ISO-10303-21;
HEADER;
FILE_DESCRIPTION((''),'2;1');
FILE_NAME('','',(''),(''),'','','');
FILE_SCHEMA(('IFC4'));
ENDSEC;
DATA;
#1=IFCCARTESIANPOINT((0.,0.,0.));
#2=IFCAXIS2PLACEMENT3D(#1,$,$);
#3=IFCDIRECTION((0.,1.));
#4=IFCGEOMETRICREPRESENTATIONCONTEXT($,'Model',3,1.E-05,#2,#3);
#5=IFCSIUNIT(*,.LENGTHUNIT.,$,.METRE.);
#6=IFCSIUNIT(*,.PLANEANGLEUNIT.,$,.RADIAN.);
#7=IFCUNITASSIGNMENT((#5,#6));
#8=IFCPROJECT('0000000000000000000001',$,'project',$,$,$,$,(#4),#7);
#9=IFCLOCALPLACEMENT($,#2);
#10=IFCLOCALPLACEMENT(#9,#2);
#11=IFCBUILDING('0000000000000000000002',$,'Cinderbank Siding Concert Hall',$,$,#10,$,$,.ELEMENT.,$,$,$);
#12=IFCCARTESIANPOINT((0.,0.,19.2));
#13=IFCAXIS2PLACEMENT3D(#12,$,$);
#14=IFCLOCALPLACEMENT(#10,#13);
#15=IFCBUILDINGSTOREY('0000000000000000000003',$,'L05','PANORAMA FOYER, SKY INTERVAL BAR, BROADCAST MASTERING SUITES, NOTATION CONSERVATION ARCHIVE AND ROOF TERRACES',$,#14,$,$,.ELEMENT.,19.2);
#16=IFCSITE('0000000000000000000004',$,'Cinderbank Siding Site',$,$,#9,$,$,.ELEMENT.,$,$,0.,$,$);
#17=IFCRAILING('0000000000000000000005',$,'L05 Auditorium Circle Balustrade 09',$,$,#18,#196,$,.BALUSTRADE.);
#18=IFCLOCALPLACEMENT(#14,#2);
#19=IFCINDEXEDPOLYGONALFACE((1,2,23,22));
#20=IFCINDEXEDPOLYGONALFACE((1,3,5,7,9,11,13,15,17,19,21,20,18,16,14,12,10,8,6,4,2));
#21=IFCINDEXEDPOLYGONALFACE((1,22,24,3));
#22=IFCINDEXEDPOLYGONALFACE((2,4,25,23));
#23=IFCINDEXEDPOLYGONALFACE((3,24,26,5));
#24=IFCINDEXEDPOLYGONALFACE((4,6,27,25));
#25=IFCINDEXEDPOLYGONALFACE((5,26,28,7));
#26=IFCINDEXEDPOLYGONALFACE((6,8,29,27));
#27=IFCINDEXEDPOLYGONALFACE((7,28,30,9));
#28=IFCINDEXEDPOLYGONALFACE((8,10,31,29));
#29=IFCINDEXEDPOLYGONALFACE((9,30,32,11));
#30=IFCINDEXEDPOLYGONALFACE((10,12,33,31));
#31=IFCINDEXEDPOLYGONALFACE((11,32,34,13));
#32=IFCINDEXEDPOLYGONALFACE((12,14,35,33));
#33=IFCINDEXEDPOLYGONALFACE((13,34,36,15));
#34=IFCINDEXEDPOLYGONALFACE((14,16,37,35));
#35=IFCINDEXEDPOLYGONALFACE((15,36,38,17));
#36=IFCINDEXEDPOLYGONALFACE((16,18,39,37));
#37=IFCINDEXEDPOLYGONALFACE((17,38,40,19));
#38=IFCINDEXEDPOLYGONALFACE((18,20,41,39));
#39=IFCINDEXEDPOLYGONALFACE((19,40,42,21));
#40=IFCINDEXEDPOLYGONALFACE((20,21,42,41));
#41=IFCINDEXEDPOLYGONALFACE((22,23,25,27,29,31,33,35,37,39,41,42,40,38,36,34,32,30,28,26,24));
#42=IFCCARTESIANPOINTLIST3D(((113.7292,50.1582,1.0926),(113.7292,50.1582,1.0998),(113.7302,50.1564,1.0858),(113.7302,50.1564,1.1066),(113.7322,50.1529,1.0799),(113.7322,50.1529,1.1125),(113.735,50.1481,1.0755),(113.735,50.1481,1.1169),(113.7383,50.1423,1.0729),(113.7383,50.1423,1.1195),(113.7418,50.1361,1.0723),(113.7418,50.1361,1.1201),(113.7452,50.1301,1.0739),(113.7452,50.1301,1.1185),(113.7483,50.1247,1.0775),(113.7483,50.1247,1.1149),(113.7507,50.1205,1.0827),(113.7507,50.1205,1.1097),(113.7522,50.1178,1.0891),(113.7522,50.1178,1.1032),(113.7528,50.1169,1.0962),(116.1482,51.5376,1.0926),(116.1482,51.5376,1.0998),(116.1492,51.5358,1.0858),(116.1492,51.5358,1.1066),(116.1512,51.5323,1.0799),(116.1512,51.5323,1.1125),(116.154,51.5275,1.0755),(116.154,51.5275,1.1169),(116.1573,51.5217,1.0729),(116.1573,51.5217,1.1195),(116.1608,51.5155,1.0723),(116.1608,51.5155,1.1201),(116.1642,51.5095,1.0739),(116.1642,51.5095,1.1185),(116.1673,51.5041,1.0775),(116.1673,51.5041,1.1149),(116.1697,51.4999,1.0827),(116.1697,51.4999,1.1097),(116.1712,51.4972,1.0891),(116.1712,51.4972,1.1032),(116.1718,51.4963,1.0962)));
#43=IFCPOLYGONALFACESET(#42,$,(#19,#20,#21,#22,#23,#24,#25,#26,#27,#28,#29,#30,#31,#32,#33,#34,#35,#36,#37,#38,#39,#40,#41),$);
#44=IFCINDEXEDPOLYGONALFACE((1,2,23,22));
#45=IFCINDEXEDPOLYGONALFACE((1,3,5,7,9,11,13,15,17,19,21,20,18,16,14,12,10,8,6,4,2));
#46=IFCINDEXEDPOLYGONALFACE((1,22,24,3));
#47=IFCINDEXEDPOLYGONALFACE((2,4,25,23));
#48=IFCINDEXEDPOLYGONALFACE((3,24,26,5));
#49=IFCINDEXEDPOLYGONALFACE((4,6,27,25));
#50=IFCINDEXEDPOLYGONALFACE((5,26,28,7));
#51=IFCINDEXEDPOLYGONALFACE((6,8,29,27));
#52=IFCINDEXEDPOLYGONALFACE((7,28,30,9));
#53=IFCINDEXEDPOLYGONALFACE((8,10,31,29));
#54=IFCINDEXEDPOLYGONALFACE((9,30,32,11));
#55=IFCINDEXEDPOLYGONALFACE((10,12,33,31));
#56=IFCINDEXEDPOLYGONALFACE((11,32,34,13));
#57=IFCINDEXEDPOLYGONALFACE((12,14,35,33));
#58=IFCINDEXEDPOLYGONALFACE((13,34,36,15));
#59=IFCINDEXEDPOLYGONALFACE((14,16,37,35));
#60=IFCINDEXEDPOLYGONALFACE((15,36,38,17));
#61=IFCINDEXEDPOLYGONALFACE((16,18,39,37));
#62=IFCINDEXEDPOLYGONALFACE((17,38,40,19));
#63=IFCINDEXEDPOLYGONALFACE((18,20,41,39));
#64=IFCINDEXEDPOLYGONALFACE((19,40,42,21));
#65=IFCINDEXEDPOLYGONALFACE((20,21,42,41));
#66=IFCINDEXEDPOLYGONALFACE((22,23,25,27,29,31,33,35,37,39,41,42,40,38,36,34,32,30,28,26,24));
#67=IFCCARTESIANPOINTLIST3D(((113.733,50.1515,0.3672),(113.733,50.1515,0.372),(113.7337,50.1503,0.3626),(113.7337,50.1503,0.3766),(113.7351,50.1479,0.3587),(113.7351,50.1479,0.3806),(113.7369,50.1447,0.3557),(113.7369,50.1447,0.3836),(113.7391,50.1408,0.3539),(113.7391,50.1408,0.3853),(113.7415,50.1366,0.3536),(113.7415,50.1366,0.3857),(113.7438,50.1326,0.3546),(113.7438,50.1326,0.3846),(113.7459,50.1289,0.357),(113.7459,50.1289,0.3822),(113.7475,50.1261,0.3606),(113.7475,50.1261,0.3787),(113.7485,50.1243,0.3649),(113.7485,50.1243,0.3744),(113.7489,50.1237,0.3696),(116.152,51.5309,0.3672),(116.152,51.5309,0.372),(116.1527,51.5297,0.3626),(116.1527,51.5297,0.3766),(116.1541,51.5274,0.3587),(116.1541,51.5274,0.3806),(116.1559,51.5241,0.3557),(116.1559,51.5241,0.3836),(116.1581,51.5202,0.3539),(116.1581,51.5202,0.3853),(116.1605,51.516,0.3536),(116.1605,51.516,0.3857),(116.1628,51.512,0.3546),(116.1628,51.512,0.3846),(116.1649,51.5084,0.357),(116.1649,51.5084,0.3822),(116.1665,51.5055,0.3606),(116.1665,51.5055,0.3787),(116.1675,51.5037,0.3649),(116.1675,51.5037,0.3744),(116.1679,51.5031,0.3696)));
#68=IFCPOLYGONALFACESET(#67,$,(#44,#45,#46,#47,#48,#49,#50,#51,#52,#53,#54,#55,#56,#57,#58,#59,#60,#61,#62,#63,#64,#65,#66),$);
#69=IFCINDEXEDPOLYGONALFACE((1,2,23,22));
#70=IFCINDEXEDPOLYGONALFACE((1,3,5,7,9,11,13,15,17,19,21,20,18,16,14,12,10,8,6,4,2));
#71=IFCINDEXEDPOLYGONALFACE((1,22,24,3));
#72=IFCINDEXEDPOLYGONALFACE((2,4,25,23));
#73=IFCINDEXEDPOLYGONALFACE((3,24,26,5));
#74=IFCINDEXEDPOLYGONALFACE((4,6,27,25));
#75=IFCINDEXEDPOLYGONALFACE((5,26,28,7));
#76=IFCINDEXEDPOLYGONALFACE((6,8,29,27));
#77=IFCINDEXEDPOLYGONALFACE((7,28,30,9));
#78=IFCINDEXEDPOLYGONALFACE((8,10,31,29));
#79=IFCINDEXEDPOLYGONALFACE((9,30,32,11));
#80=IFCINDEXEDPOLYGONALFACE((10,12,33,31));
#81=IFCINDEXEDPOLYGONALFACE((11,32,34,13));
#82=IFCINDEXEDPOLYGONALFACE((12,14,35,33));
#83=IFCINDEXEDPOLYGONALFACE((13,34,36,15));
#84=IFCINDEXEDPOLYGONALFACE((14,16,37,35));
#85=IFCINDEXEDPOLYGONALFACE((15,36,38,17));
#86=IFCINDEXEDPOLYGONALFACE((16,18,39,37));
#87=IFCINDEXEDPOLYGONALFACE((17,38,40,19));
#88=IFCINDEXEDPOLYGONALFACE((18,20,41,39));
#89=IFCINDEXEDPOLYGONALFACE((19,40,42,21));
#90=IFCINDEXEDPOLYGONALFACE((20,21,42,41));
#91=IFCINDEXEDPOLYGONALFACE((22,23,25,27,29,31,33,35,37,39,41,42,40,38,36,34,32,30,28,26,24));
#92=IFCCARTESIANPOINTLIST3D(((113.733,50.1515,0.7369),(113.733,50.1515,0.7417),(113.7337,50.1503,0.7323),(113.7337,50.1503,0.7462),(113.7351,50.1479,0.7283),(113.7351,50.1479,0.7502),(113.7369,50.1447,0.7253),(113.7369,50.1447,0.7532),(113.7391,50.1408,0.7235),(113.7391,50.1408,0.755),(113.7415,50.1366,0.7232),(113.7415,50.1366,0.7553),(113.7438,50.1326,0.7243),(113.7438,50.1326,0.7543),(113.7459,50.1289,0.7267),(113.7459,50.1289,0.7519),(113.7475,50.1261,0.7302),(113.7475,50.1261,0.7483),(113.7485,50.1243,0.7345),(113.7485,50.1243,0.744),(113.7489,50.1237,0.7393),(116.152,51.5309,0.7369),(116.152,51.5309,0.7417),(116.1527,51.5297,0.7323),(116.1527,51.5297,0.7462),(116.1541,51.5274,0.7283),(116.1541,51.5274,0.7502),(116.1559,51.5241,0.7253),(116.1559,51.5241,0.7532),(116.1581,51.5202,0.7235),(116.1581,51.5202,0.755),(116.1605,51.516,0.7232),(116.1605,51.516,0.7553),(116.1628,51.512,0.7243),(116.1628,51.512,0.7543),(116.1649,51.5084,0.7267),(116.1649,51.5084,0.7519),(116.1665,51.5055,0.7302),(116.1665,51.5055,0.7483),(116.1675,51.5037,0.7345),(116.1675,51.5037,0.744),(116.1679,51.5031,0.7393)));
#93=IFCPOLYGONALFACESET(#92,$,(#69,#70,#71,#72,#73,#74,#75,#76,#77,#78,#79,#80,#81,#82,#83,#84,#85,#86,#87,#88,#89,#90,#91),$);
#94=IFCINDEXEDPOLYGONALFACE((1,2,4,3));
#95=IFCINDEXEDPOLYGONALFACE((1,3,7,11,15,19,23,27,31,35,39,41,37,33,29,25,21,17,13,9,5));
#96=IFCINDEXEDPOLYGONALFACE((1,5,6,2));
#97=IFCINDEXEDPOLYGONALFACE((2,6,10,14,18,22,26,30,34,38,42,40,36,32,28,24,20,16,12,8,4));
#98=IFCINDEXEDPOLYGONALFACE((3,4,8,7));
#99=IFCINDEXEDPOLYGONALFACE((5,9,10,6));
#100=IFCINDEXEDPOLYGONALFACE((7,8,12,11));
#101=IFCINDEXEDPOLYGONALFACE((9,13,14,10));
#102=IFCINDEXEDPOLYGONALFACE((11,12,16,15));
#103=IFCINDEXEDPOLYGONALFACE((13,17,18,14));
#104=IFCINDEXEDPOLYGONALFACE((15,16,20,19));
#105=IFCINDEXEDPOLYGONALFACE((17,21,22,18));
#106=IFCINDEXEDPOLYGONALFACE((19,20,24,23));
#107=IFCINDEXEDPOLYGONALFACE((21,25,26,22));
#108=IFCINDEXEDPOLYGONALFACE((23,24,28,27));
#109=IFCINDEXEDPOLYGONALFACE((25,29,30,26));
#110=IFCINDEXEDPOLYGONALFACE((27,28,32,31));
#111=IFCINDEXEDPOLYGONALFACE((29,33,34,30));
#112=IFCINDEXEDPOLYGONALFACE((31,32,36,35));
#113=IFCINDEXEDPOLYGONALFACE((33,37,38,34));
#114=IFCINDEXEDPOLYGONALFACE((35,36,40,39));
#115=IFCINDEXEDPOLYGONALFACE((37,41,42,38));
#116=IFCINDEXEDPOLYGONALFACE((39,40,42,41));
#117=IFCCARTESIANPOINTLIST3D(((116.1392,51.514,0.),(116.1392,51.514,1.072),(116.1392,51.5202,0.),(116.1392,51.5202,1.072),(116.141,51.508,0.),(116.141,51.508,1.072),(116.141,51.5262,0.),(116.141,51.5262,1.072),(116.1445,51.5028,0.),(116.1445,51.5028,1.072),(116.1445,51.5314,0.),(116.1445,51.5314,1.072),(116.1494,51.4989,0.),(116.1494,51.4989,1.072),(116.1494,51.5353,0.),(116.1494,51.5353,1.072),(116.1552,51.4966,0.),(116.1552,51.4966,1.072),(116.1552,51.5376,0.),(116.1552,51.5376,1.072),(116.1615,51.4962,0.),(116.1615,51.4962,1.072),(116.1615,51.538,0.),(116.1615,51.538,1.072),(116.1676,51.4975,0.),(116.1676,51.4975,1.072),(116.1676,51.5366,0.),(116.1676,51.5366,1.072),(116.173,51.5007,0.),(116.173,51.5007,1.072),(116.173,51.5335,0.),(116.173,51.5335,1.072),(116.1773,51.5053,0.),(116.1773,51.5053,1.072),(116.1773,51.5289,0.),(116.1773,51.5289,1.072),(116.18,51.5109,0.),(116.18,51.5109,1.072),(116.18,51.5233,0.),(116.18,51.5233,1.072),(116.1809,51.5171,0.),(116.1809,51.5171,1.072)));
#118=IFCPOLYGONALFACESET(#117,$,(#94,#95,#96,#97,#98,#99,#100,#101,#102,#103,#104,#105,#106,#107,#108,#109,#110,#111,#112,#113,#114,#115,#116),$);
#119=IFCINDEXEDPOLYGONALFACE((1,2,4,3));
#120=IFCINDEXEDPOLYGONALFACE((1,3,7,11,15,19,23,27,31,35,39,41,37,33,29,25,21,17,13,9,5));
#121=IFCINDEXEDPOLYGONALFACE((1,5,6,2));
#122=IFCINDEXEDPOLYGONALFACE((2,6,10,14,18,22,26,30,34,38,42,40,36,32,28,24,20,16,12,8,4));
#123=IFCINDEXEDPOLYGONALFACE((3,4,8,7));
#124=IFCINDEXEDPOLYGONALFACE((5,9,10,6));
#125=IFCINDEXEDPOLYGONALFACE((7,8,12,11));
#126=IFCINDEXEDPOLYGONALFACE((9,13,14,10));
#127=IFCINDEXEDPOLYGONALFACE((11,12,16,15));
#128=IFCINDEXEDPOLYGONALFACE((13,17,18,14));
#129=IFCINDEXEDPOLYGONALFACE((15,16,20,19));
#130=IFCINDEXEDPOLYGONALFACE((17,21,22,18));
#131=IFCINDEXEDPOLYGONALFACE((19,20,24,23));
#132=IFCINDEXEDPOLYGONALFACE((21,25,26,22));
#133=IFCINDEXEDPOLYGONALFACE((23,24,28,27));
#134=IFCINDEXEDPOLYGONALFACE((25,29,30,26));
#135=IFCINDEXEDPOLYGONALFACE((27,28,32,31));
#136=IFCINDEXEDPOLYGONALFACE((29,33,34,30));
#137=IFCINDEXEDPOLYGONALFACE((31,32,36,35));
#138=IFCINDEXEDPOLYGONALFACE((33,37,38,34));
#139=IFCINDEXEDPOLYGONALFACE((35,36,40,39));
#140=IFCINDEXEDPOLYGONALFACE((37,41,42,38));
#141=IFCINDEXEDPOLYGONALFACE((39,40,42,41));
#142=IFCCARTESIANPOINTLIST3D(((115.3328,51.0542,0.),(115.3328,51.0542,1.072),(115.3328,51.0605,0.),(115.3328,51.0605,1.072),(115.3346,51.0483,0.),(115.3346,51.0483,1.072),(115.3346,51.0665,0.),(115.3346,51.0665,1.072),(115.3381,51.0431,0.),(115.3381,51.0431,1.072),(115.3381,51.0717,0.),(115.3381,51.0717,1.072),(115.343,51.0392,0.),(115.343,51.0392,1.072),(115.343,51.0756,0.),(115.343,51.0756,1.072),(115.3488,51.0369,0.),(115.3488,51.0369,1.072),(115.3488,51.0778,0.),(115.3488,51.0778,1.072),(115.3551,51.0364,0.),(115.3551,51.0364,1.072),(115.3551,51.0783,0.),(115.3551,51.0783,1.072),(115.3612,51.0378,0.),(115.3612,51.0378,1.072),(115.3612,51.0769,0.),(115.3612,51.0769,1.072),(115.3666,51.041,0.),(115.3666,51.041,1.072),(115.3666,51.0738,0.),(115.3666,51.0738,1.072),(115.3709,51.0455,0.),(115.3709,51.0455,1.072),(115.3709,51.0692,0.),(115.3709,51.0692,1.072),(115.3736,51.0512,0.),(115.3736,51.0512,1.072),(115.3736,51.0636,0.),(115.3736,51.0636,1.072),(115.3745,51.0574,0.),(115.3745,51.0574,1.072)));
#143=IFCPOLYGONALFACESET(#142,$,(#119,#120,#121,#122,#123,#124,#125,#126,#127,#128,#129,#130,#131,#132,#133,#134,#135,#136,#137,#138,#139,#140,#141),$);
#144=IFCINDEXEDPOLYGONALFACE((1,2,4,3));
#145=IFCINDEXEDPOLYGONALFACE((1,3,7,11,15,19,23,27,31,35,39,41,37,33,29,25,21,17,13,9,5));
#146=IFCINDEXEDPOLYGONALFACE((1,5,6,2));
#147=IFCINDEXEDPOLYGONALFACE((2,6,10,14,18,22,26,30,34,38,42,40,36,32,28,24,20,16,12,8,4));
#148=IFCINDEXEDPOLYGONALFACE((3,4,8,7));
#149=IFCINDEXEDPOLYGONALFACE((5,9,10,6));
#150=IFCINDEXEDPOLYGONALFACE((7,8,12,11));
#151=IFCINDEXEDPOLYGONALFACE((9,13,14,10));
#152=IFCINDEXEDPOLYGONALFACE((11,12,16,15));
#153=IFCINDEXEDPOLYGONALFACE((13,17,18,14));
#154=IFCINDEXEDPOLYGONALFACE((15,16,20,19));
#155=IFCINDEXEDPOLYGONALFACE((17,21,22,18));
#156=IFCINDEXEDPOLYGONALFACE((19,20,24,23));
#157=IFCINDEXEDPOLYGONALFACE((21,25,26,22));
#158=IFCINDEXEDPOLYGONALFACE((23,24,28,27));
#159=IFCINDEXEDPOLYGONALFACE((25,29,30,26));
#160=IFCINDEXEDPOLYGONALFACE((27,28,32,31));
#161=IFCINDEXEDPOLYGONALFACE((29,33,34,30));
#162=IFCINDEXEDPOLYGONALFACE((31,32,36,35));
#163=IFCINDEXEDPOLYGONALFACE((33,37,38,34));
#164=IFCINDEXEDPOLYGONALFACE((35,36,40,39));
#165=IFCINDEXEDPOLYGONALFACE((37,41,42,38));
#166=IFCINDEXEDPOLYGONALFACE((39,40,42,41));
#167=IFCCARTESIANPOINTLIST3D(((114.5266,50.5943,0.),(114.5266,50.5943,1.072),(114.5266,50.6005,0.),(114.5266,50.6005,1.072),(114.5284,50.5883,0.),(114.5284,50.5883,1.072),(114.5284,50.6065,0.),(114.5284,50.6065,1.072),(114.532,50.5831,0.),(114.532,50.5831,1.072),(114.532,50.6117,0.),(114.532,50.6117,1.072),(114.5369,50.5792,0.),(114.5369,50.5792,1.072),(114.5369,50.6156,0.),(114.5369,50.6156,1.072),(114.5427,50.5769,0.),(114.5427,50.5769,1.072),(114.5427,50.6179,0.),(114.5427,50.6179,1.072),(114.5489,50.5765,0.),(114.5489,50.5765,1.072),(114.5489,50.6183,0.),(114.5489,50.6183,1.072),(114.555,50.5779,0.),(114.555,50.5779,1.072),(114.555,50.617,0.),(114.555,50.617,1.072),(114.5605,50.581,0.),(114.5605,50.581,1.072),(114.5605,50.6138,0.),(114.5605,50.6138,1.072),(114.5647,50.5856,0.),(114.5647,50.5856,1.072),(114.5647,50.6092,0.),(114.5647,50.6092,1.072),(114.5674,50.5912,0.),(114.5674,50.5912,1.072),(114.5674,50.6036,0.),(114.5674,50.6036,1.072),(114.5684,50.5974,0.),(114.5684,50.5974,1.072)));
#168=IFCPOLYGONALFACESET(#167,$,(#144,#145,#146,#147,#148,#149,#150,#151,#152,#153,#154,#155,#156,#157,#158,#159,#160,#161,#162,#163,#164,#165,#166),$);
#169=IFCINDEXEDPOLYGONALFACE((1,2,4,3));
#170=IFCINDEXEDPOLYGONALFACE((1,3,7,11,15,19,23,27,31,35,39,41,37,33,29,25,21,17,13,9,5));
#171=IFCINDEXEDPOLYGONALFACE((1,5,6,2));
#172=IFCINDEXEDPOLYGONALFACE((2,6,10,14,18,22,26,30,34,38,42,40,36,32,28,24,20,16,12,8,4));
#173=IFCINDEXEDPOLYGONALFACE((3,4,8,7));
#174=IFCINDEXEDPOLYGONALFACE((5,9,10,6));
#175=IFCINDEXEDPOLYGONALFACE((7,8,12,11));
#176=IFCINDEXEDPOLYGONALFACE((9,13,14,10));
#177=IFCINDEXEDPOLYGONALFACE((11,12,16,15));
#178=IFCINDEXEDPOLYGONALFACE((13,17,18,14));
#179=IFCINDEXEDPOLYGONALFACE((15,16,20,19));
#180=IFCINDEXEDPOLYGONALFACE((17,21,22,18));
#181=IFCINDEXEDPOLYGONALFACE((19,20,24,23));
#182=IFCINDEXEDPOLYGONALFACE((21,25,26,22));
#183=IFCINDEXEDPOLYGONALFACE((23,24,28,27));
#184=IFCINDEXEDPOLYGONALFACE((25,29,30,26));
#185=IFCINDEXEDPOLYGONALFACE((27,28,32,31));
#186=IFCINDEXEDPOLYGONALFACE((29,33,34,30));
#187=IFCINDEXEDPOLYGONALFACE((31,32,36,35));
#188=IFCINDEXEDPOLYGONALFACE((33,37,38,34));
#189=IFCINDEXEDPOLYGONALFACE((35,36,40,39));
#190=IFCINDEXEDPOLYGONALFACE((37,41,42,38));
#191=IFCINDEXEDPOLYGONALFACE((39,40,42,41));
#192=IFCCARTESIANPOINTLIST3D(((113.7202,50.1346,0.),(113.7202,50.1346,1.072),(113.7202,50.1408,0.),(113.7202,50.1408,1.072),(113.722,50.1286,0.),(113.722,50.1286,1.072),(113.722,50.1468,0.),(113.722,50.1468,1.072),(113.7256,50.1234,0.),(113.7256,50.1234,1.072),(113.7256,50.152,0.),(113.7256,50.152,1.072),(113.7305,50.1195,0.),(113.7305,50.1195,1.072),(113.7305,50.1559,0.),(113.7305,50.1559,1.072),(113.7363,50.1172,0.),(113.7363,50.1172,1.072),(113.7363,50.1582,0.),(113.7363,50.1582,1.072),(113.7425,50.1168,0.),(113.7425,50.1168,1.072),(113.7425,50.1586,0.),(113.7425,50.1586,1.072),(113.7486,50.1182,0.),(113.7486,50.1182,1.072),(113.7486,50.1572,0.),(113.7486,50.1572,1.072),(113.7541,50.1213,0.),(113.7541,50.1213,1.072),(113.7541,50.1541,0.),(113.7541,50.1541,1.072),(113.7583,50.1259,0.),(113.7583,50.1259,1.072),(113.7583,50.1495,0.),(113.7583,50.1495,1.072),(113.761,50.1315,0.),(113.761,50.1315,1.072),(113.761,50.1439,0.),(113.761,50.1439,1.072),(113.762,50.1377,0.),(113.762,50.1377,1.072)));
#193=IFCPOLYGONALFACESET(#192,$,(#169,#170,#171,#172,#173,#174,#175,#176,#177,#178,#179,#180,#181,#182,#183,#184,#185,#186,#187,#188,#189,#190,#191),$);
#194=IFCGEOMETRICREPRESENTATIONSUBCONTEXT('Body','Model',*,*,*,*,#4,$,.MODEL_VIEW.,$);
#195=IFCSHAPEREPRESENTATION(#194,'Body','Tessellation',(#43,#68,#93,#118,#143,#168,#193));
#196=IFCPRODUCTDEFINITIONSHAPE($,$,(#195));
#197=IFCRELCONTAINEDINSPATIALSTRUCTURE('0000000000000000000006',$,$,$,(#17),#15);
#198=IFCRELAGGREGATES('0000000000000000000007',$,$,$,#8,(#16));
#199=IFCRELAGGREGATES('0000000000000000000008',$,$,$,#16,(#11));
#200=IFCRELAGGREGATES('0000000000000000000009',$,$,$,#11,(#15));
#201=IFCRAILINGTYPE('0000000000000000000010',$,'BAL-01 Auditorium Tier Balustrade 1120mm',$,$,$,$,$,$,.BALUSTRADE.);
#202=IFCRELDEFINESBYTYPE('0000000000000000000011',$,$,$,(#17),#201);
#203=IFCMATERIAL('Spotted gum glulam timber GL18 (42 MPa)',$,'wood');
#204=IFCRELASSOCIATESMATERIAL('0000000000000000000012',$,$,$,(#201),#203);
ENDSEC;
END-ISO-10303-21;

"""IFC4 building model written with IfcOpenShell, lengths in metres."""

from ifc_helpers import new_model, si_unit, direction, frame, origin, origin_2d, place, context, subcontext, project, spatial, circle, extrude, material, type_object, element, save


model = new_model("IFC4")

# Units and contexts
model_context = context("Model", 3, precision=1e-05, world=origin(), true_north=direction((0.0, 1.0)))
body_context = subcontext(model_context, "Body", "Model", "MODEL_VIEW")
ifc_project = project(units=[si_unit("LENGTHUNIT", "METRE"), si_unit("PLANEANGLEUNIT", "RADIAN")], contexts=[model_context])

# Site, building, storey
site_placement = place(None, origin())
site = spatial("IfcSite", under=ifc_project, at=site_placement, Name="Cinderbank Siding Site", CompositionType="ELEMENT", RefElevation=0.0)
building_placement = place(site_placement, origin())
building = spatial("IfcBuilding", under=site, at=building_placement, Name="Cinderbank Siding Concert Hall", CompositionType="ELEMENT")
storey_placement = place(building_placement, frame((0.0, 0.0, 19.2)))
storey = spatial("IfcBuildingStorey", under=building, at=storey_placement, Name="L05", Description="PANORAMA FOYER, SKY INTERVAL BAR, BROADCAST MASTERING SUITES, NOTATION CONSERVATION ARCHIVE AND ROOF TERRACES", CompositionType="ELEMENT", Elevation=19.2)

# Railing
ifc_material_1 = material(Name="Spotted gum glulam timber GL18 (42 MPa)", Category="wood")
railing_type = type_object("IfcRailingType", Name="BAL-01 Auditorium Tier Balustrade 1120mm", PredefinedType="BALUSTRADE", material=ifc_material_1)
railing_1_placement = place(storey_placement, frame((116.1599, 51.5171, 0.0)))
element("IfcRailing", 1, at=railing_1_placement, inside=storey, type_object=railing_type, Name="L05 Auditorium Circle Balustrade 09", PredefinedType="BALUSTRADE", context=body_context, shape_type="SweptSolid", body=[
    extrude(circle(Radius=0.0239, at=origin_2d()), frame((0.0, 0.0, 1.0962), z_axis=(-0.868685, -0.495365, 0.0), x_axis=(0.495365, -0.868685, 0.0)), (0.0, 0.0, 1.0), 2.7847),
    extrude(circle(Radius=0.0161, at=origin_2d()), frame((0.0, 0.0, 0.3696), z_axis=(-0.868685, -0.495365, 0.0), x_axis=(0.495365, -0.868685, 0.0)), (0.0, 0.0, 1.0), 2.7847),
    extrude(circle(Radius=0.0161, at=origin_2d()), frame((0.0, 0.0, 0.7393), z_axis=(-0.868685, -0.495365, 0.0), x_axis=(0.495365, -0.868685, 0.0)), (0.0, 0.0, 1.0), 2.7847),
    extrude(circle(Radius=0.021, at=origin_2d()), origin(), (0.0, 0.0, 1.0), 1.072),
    extrude(circle(Radius=0.021, at=origin_2d()), frame((-0.8064, -0.4597, 0.0)), (0.0, 0.0, 1.0), 1.072),
    extrude(circle(Radius=0.021, at=origin_2d()), frame((-1.6125, -0.9197, 0.0)), (0.0, 0.0, 1.0), 1.072),
    extrude(circle(Radius=0.021, at=origin_2d()), frame((-2.4189, -1.3794, 0.0)), (0.0, 0.0, 1.0), 1.072),
])

save(model, "model.ifc")
